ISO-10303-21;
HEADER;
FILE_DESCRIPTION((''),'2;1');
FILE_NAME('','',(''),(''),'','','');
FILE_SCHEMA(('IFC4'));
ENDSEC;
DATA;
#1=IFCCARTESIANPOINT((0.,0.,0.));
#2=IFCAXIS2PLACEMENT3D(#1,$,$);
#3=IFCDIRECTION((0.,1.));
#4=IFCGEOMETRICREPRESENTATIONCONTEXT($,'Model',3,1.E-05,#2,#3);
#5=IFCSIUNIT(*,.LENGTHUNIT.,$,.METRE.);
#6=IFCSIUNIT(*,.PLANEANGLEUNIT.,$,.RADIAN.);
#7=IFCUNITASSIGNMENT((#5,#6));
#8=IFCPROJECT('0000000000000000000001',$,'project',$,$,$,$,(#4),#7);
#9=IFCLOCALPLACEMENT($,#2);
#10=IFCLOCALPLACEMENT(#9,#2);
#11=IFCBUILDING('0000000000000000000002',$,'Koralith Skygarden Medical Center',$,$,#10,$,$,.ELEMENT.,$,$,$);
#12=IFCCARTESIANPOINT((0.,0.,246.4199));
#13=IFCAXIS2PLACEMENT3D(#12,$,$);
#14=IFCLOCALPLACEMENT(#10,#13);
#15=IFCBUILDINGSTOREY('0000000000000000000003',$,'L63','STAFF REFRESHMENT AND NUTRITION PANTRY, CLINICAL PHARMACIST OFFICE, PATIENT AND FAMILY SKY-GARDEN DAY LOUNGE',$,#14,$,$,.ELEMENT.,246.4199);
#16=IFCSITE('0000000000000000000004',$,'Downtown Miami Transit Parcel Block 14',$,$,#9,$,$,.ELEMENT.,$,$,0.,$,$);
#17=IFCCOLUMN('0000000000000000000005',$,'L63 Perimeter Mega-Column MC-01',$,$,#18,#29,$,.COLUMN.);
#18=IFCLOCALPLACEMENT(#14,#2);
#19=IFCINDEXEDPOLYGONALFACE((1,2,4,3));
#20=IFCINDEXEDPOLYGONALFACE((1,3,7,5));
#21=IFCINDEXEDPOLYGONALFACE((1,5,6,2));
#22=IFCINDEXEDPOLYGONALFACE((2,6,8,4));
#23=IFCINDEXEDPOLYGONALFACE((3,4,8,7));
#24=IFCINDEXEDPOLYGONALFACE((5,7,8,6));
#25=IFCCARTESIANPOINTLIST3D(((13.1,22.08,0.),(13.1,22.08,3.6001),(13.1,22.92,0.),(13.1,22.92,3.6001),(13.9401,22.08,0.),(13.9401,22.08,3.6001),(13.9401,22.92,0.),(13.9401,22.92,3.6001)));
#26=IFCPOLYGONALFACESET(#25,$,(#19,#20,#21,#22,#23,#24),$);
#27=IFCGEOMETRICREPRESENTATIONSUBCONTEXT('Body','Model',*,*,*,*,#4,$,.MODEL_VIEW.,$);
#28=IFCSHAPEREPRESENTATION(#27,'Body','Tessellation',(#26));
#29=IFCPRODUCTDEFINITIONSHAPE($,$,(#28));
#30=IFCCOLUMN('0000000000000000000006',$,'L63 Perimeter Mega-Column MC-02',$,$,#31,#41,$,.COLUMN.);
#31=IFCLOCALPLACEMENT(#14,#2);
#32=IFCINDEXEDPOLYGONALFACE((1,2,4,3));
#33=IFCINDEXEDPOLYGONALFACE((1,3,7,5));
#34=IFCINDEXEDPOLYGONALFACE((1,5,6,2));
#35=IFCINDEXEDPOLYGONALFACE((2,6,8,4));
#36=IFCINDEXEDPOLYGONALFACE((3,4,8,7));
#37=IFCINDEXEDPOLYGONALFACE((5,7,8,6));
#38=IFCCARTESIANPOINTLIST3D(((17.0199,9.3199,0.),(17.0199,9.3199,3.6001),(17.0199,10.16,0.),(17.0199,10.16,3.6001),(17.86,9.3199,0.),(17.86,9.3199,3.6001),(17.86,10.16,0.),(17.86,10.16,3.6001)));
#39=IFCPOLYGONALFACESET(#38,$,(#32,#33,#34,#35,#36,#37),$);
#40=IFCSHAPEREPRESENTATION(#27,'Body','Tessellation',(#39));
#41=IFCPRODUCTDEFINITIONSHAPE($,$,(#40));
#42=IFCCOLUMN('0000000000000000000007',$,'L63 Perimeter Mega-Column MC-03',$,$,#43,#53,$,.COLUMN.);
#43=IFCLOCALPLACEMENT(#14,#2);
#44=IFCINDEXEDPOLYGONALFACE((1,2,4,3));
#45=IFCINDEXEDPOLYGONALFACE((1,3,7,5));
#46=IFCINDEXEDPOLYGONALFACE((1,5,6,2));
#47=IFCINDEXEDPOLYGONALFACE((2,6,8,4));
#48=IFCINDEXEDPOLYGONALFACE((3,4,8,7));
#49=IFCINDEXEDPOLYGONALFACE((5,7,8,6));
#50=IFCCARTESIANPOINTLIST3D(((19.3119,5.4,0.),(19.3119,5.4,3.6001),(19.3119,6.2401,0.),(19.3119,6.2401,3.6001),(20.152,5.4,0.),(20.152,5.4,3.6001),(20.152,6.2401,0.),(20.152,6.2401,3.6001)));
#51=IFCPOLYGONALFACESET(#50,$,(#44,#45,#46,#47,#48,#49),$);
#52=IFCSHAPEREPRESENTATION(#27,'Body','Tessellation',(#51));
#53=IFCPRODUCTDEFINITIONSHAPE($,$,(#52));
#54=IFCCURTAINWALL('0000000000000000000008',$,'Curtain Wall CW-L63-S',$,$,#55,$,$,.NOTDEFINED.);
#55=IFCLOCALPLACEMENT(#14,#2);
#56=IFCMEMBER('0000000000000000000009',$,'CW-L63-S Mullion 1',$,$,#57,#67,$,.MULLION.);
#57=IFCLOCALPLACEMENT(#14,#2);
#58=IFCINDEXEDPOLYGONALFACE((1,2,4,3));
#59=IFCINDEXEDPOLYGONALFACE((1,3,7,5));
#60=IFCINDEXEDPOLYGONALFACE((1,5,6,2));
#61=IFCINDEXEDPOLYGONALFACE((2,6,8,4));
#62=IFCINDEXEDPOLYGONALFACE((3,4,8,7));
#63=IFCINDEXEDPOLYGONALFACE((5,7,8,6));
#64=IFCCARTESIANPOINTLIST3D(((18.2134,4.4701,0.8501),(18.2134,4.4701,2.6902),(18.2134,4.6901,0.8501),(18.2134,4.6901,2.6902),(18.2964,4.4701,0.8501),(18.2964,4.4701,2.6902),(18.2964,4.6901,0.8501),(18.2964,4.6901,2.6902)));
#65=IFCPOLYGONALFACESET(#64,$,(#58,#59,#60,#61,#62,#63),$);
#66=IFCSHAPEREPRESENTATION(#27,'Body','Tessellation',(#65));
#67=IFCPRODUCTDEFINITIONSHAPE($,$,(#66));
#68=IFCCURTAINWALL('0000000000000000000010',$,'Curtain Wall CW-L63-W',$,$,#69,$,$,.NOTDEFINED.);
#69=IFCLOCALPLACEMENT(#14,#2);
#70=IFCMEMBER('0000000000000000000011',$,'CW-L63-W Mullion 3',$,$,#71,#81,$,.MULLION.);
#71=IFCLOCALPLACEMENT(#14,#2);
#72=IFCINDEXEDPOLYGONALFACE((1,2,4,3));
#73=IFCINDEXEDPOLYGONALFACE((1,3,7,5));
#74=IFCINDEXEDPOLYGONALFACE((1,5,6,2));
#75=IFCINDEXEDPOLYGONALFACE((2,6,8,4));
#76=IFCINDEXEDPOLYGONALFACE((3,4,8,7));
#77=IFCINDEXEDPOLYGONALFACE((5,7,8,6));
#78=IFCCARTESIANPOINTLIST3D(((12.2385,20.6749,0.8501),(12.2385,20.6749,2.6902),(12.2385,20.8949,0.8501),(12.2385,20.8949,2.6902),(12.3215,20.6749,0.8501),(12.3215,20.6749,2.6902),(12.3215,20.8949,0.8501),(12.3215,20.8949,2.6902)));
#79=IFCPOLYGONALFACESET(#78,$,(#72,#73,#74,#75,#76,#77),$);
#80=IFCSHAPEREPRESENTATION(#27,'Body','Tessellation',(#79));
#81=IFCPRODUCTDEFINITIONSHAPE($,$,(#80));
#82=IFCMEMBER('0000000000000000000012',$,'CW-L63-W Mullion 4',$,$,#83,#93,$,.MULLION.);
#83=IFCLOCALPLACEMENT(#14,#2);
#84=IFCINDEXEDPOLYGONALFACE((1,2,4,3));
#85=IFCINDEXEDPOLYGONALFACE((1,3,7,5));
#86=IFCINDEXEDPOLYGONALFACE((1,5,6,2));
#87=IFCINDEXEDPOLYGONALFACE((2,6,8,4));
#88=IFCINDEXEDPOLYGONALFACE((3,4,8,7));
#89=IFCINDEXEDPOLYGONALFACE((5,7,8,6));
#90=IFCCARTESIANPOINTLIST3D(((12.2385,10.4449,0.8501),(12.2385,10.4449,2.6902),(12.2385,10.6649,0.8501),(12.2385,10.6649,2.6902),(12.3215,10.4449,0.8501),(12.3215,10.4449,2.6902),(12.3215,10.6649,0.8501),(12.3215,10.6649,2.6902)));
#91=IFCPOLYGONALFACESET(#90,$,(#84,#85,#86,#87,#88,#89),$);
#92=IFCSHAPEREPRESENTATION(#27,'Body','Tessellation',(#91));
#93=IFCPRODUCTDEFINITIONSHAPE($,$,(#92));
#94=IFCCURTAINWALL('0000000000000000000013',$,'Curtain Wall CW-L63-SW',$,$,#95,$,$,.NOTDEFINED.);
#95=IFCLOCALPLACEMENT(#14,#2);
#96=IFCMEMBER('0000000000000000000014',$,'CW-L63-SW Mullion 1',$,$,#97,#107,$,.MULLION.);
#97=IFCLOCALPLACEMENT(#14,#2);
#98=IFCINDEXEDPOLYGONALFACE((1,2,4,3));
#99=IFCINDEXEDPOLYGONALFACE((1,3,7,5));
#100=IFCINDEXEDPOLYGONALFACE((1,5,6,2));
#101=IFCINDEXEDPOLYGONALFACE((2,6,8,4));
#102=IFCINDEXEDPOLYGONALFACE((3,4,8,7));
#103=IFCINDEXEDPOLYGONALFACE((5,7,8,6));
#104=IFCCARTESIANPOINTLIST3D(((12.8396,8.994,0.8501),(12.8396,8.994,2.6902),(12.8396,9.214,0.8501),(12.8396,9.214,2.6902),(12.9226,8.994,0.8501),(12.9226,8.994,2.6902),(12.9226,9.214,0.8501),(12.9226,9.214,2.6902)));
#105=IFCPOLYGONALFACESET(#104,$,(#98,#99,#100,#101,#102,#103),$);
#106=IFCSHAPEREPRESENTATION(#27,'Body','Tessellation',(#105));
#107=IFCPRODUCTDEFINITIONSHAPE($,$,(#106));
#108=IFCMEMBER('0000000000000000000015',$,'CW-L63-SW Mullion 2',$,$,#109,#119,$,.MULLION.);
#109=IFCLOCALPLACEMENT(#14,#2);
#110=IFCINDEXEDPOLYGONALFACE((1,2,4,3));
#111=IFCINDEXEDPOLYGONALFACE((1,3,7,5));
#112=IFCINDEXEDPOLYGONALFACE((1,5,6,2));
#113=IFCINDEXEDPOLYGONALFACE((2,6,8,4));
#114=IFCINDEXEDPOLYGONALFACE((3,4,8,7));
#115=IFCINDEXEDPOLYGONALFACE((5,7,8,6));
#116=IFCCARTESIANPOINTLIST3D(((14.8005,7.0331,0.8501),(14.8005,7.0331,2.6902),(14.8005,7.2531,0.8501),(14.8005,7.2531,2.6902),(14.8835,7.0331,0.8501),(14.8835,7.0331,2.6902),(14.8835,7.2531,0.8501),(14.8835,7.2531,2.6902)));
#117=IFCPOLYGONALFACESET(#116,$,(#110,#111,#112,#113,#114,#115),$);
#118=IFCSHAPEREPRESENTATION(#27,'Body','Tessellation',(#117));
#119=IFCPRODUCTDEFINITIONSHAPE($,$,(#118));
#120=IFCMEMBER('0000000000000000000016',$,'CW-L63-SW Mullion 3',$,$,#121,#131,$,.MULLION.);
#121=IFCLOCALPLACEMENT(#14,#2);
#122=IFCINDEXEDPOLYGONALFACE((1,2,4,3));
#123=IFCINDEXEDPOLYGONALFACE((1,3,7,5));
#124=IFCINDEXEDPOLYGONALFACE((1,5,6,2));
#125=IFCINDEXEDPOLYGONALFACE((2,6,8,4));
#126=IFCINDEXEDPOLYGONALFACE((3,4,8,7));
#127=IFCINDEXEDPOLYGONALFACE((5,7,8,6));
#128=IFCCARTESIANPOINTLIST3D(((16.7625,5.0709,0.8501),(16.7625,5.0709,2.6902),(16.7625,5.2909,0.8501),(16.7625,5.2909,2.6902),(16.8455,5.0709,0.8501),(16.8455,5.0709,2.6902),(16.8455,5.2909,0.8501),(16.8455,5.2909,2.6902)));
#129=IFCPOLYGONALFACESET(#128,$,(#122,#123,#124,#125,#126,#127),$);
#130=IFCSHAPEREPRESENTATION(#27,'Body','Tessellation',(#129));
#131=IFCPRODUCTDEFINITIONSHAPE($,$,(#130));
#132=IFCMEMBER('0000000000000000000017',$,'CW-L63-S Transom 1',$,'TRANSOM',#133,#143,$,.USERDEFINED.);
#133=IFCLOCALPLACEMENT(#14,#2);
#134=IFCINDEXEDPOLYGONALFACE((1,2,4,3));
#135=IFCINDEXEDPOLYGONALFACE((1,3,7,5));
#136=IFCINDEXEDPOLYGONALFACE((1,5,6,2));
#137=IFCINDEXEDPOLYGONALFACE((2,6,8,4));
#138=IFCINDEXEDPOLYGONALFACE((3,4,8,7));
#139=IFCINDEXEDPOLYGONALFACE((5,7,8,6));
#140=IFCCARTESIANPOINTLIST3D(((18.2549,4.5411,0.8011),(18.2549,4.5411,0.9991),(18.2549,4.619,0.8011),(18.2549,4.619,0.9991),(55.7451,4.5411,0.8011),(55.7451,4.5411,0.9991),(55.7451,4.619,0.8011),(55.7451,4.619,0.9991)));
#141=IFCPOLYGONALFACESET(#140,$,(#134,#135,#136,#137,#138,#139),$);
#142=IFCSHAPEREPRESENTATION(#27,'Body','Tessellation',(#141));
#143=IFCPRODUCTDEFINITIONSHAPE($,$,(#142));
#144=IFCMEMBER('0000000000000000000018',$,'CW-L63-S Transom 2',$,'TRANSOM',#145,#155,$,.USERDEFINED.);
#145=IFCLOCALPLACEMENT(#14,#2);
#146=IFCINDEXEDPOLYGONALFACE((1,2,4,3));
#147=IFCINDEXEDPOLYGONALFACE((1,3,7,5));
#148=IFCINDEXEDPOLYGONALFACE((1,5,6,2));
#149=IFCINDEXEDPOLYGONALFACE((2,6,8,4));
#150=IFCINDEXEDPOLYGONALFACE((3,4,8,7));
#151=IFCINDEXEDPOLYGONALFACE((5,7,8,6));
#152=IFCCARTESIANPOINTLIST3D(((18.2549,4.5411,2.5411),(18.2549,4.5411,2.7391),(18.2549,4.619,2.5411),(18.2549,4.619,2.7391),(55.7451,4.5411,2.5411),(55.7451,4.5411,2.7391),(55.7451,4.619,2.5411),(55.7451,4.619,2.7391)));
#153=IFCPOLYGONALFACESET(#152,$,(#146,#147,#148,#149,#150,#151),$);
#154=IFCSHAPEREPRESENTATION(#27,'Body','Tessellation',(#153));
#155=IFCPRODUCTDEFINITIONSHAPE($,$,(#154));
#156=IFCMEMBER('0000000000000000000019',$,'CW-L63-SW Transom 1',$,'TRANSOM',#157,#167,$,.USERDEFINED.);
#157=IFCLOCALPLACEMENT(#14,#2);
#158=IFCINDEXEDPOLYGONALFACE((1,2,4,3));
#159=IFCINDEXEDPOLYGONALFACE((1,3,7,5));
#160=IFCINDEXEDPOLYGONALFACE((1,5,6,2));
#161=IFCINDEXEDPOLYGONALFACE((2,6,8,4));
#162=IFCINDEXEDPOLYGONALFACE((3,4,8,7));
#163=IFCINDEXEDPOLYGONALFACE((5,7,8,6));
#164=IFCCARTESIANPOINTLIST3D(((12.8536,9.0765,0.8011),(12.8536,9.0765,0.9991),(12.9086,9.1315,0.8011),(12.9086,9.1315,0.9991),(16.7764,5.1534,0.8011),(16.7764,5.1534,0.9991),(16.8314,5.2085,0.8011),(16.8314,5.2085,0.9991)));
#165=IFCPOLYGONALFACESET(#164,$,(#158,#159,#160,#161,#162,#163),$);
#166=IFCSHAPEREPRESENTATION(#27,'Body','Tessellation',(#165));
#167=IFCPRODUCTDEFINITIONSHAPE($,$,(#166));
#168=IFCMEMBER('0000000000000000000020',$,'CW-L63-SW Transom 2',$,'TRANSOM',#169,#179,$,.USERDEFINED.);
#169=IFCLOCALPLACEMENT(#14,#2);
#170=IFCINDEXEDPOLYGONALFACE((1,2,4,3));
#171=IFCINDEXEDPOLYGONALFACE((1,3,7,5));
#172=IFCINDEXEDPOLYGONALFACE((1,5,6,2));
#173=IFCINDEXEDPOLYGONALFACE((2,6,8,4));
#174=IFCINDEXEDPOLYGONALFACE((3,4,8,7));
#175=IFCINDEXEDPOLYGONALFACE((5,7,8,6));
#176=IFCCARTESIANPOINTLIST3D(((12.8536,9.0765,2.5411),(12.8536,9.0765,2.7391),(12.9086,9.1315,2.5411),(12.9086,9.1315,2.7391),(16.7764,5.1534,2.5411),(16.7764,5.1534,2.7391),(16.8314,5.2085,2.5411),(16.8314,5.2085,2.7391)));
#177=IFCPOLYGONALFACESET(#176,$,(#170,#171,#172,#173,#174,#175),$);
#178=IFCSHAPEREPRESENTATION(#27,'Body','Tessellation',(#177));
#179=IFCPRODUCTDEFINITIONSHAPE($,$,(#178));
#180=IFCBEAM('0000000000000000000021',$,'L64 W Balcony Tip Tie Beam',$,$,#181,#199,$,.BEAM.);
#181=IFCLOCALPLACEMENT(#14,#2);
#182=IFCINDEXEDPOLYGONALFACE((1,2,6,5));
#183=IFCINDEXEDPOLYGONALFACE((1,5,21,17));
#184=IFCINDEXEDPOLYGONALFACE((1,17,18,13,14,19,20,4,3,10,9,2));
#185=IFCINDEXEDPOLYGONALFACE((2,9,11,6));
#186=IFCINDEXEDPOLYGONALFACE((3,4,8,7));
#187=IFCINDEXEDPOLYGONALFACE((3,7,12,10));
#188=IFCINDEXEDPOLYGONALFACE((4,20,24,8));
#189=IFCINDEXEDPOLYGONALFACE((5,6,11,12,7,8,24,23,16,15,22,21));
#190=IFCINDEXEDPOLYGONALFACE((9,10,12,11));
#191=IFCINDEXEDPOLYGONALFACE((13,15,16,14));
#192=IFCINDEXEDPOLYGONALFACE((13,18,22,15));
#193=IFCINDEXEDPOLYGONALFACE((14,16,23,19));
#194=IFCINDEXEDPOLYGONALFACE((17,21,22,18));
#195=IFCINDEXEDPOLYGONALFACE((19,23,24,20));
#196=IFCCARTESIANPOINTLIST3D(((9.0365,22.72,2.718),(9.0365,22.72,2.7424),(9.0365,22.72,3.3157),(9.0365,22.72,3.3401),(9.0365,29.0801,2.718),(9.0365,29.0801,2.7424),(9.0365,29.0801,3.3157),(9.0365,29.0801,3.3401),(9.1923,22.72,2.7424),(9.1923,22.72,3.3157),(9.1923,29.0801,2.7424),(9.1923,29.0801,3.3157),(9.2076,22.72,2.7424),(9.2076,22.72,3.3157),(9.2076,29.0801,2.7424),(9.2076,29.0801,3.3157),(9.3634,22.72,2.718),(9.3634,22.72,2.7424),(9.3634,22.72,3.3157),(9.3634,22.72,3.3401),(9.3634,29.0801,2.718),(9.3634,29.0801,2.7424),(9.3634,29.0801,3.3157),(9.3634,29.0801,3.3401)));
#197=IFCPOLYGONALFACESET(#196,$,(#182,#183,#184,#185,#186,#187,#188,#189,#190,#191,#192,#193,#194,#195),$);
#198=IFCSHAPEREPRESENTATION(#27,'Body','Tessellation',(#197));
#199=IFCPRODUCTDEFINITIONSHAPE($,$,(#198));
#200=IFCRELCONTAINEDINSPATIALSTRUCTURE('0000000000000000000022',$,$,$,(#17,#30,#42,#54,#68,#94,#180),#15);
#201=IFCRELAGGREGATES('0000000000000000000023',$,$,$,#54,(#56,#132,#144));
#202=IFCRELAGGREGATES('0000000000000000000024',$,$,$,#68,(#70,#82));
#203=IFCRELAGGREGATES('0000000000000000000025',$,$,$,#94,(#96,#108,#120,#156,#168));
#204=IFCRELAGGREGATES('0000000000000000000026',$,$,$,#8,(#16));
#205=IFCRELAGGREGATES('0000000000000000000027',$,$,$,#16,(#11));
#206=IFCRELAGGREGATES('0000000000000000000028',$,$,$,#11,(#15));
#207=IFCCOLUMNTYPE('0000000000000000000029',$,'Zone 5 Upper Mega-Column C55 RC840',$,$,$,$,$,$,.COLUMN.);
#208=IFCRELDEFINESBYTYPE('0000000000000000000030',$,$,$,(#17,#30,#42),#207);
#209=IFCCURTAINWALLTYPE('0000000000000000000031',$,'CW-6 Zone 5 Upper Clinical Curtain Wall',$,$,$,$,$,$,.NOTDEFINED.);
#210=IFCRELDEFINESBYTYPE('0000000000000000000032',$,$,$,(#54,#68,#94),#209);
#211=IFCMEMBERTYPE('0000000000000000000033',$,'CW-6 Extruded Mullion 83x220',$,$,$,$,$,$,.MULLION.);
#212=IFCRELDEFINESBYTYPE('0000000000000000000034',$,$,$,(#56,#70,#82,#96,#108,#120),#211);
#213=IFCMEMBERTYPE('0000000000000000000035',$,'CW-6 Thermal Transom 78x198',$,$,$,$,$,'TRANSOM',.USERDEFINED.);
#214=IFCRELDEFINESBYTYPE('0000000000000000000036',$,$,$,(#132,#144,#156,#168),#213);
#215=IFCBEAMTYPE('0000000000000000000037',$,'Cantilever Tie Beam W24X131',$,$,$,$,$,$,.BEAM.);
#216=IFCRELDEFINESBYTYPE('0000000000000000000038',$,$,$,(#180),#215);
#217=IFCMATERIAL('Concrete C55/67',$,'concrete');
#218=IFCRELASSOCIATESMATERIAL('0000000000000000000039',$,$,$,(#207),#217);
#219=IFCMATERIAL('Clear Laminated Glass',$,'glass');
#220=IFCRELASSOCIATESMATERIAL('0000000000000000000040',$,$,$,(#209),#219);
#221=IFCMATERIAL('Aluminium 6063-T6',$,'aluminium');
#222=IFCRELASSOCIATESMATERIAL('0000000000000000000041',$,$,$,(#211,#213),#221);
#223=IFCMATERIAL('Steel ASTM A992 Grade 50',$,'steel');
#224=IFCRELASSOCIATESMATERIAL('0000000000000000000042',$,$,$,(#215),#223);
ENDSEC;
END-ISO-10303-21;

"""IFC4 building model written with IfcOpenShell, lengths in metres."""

from ifc_helpers import new_model, si_unit, direction, frame, origin, origin_2d, place, context, subcontext, project, spatial, rectangle, i_section, extrude, material, material_profile, profile_set, type_object, element, aggregate, save


model = new_model("IFC4")

# Units and contexts
model_context = context("Model", 3, precision=1e-05, world=origin(), true_north=direction((0.0, 1.0)))
body_context = subcontext(model_context, "Body", "Model", "MODEL_VIEW")
ifc_project = project(units=[si_unit("LENGTHUNIT", "METRE"), si_unit("PLANEANGLEUNIT", "RADIAN")], contexts=[model_context])

# Site, building, storey
site_placement = place(None, origin())
site = spatial("IfcSite", under=ifc_project, at=site_placement, Name="Downtown Miami Transit Parcel Block 14", CompositionType="ELEMENT", RefElevation=0.0)
building_placement = place(site_placement, origin())
building = spatial("IfcBuilding", under=site, at=building_placement, Name="Koralith Skygarden Medical Center", CompositionType="ELEMENT")
storey_placement = place(building_placement, frame((0.0, 0.0, 246.4199)))
storey = spatial("IfcBuildingStorey", under=building, at=storey_placement, Name="L63", Description="STAFF REFRESHMENT AND NUTRITION PANTRY, CLINICAL PHARMACIST OFFICE, PATIENT AND FAMILY SKY-GARDEN DAY LOUNGE", CompositionType="ELEMENT", Elevation=246.4199)

# Columns
ifc_material_1 = material(Name="Concrete C55/67", Category="concrete")
ifc_material_profile_1 = material_profile(ifc_material_1, rectangle(XDim=0.8401, YDim=0.8401, at=origin_2d()), Name="RC840X840")
ifc_profile_set_1 = profile_set([ifc_material_profile_1], Name="Concrete C55/67")
column_type = type_object("IfcColumnType", Name="Zone 5 Upper Mega-Column C55 RC840", PredefinedType="COLUMN", material=ifc_profile_set_1)
for number, where, z_axis, x_axis, name in (
    (1, (13.52, 22.5, 0.0), (0.0, 0.0, 1.0), (1.0, 0.0, 0.0), "L63 Perimeter Mega-Column MC-01"),
    (2, (17.4399, 9.74, 0.0), (0.0, 0.0, 1.0), (1.0, 0.0, 0.0), "L63 Perimeter Mega-Column MC-02"),
    (3, (19.7319, 5.8201, 0.0), (0.0, 0.0, 1.0), (1.0, 0.0, 0.0), "L63 Perimeter Mega-Column MC-03"),
):
    element("IfcColumn", number, at=place(storey_placement, frame(where, z_axis=z_axis, x_axis=x_axis)), inside=storey, type_object=column_type, Name=name, PredefinedType="COLUMN", context=body_context, shape_type="SweptSolid", body=[
        extrude(rectangle(XDim=0.8401, YDim=0.8401, at=origin_2d()), origin(), (0.0, 0.0, 1.0), 3.6001),
    ])

# Curtain wall, member
ifc_material_2 = material(Name="Clear Laminated Glass", Category="glass")
curtain_wall_type = type_object("IfcCurtainWallType", Name="CW-6 Zone 5 Upper Clinical Curtain Wall", PredefinedType="NOTDEFINED", material=ifc_material_2)
curtain_wall_1_placement = place(storey_placement, origin())
curtain_wall_1 = element("IfcCurtainWall", 4, at=curtain_wall_1_placement, inside=storey, type_object=curtain_wall_type, Name="Curtain Wall CW-L63-S", PredefinedType="NOTDEFINED")
ifc_material_3 = material(Name="Aluminium 6063-T6", Category="aluminium")
ifc_material_profile_2 = material_profile(ifc_material_3, rectangle(XDim=0.083, YDim=0.22, at=origin_2d()), Name="MUL83X220")
ifc_profile_set_2 = profile_set([ifc_material_profile_2], Name="Aluminium 6063-T6")
member_type_1 = type_object("IfcMemberType", Name="CW-6 Extruded Mullion 83x220", PredefinedType="MULLION", material=ifc_profile_set_2)
member_1_placement = place(storey_placement, frame((18.2549, 4.5801, 0.8501), z_axis=(0.0, 0.0, 1.0), x_axis=(1.0, 0.0, 0.0)))
member_1 = element("IfcMember", 5, at=member_1_placement, type_object=member_type_1, Name="CW-L63-S Mullion 1", PredefinedType="MULLION", context=body_context, shape_type="SweptSolid", body=[
    extrude(rectangle(XDim=0.083, YDim=0.22, at=origin_2d()), origin(), (0.0, 0.0, 1.0), 1.8401),
])

# Curtain walls, members
curtain_wall_2_placement = place(storey_placement, origin())
curtain_wall_2 = element("IfcCurtainWall", 6, at=curtain_wall_2_placement, inside=storey, type_object=curtain_wall_type, Name="Curtain Wall CW-L63-W", PredefinedType="NOTDEFINED")
member_2_placement = place(storey_placement, frame((12.28, 20.7849, 0.8501), z_axis=(0.0, 0.0, 1.0), x_axis=(1.0, 0.0, 0.0)))
member_2 = element("IfcMember", 7, at=member_2_placement, type_object=member_type_1, Name="CW-L63-W Mullion 3", PredefinedType="MULLION", context=body_context, shape_type="SweptSolid", body=[
    extrude(rectangle(XDim=0.083, YDim=0.22, at=origin_2d()), origin(), (0.0, 0.0, 1.0), 1.8401),
])
member_3_placement = place(storey_placement, frame((12.28, 10.5549, 0.8501), z_axis=(0.0, 0.0, 1.0), x_axis=(1.0, 0.0, 0.0)))
member_3 = element("IfcMember", 8, at=member_3_placement, type_object=member_type_1, Name="CW-L63-W Mullion 4", PredefinedType="MULLION", context=body_context, shape_type="SweptSolid", body=[
    extrude(rectangle(XDim=0.083, YDim=0.22, at=origin_2d()), origin(), (0.0, 0.0, 1.0), 1.8401),
])
curtain_wall_3_placement = place(storey_placement, origin())
curtain_wall_3 = element("IfcCurtainWall", 9, at=curtain_wall_3_placement, inside=storey, type_object=curtain_wall_type, Name="Curtain Wall CW-L63-SW", PredefinedType="NOTDEFINED")
member_4_placement = place(storey_placement, frame((12.8811, 9.104, 0.8501), z_axis=(0.0, 0.0, 1.0), x_axis=(1.0, 0.0, 0.0)))
member_4 = element("IfcMember", 10, at=member_4_placement, type_object=member_type_1, Name="CW-L63-SW Mullion 1", PredefinedType="MULLION", context=body_context, shape_type="SweptSolid", body=[
    extrude(rectangle(XDim=0.083, YDim=0.22, at=origin_2d()), origin(), (0.0, 0.0, 1.0), 1.8401),
])
member_5_placement = place(storey_placement, frame((14.842, 7.1431, 0.8501), z_axis=(0.0, 0.0, 1.0), x_axis=(1.0, 0.0, 0.0)))
member_5 = element("IfcMember", 11, at=member_5_placement, type_object=member_type_1, Name="CW-L63-SW Mullion 2", PredefinedType="MULLION", context=body_context, shape_type="SweptSolid", body=[
    extrude(rectangle(XDim=0.083, YDim=0.22, at=origin_2d()), origin(), (0.0, 0.0, 1.0), 1.8401),
])
member_6_placement = place(storey_placement, frame((16.804, 5.1809, 0.8501), z_axis=(0.0, 0.0, 1.0), x_axis=(1.0, 0.0, 0.0)))
member_6 = element("IfcMember", 12, at=member_6_placement, type_object=member_type_1, Name="CW-L63-SW Mullion 3", PredefinedType="MULLION", context=body_context, shape_type="SweptSolid", body=[
    extrude(rectangle(XDim=0.083, YDim=0.22, at=origin_2d()), origin(), (0.0, 0.0, 1.0), 1.8401),
])

# Members
ifc_material_profile_3 = material_profile(ifc_material_3, rectangle(XDim=0.0779, YDim=0.198, at=origin_2d()), Name="TRN78X198")
ifc_profile_set_3 = profile_set([ifc_material_profile_3], Name="Aluminium 6063-T6")
member_type_2 = type_object("IfcMemberType", Name="CW-6 Thermal Transom 78x198", ElementType="TRANSOM", PredefinedType="USERDEFINED", material=ifc_profile_set_3)
member_7_placement = place(storey_placement, frame((18.2549, 4.5801, 0.9001), z_axis=(1.0, 0.0, 0.0), x_axis=(0.0, 1.0, 0.0)))
member_7 = element("IfcMember", 13, at=member_7_placement, type_object=member_type_2, Name="CW-L63-S Transom 1", ObjectType="TRANSOM", PredefinedType="USERDEFINED", context=body_context, shape_type="SweptSolid", body=[
    extrude(rectangle(XDim=0.0779, YDim=0.198, at=origin_2d()), origin(), (0.0, 0.0, 1.0), 37.4902),
])
member_8_placement = place(storey_placement, frame((18.2549, 4.5801, 2.6401), z_axis=(1.0, 0.0, 0.0), x_axis=(0.0, 1.0, 0.0)))
member_8 = element("IfcMember", 14, at=member_8_placement, type_object=member_type_2, Name="CW-L63-S Transom 2", ObjectType="TRANSOM", PredefinedType="USERDEFINED", context=body_context, shape_type="SweptSolid", body=[
    extrude(rectangle(XDim=0.0779, YDim=0.198, at=origin_2d()), origin(), (0.0, 0.0, 1.0), 37.4902),
])
aggregate(curtain_wall_1, [member_1, member_7, member_8])
member_9_placement = place(storey_placement, frame((12.8811, 9.104, 0.9001), z_axis=(0.707085, -0.707129, 0.0), x_axis=(0.707129, 0.707085, 0.0)))
member_9 = element("IfcMember", 15, at=member_9_placement, type_object=member_type_2, Name="CW-L63-SW Transom 1", ObjectType="TRANSOM", PredefinedType="USERDEFINED", context=body_context, shape_type="SweptSolid", body=[
    extrude(rectangle(XDim=0.0779, YDim=0.198, at=origin_2d()), origin(), (0.0, 0.0, 1.0), 5.5479),
])
member_10_placement = place(storey_placement, frame((12.8811, 9.104, 2.6401), z_axis=(0.707085, -0.707129, 0.0), x_axis=(0.707129, 0.707085, 0.0)))
member_10 = element("IfcMember", 16, at=member_10_placement, type_object=member_type_2, Name="CW-L63-SW Transom 2", ObjectType="TRANSOM", PredefinedType="USERDEFINED", context=body_context, shape_type="SweptSolid", body=[
    extrude(rectangle(XDim=0.0779, YDim=0.198, at=origin_2d()), origin(), (0.0, 0.0, 1.0), 5.5479),
])

# Beam
ifc_material_4 = material(Name="Steel ASTM A992 Grade 50", Category="steel")
ifc_material_profile_4 = material_profile(ifc_material_4, i_section(OverallWidth=0.3269, OverallDepth=0.6221, WebThickness=0.0154, FlangeThickness=0.0244, at=origin_2d()), Name="W24X131")
ifc_profile_set_4 = profile_set([ifc_material_profile_4], Name="Steel ASTM A992 Grade 50")
beam_type_1 = type_object("IfcBeamType", Name="Cantilever Tie Beam W24X131", PredefinedType="BEAM", material=ifc_profile_set_4)
beam_1_placement = place(storey_placement, frame((9.2, 22.72, 3.0291), z_axis=(0.0, 1.0, 0.0), x_axis=(-1.0, 0.0, 0.0)))
element("IfcBeam", 17, at=beam_1_placement, inside=storey, type_object=beam_type_1, Name="L64 W Balcony Tip Tie Beam", PredefinedType="BEAM", context=body_context, shape_type="SweptSolid", body=[
    extrude(i_section(OverallWidth=0.3269, OverallDepth=0.6221, WebThickness=0.0154, FlangeThickness=0.0244, at=origin_2d()), origin(), (0.0, 0.0, 1.0), 6.3601),
])

aggregate(curtain_wall_2, [member_2, member_3])
aggregate(curtain_wall_3, [member_4, member_5, member_6, member_9, member_10])

save(model, "model.ifc")
